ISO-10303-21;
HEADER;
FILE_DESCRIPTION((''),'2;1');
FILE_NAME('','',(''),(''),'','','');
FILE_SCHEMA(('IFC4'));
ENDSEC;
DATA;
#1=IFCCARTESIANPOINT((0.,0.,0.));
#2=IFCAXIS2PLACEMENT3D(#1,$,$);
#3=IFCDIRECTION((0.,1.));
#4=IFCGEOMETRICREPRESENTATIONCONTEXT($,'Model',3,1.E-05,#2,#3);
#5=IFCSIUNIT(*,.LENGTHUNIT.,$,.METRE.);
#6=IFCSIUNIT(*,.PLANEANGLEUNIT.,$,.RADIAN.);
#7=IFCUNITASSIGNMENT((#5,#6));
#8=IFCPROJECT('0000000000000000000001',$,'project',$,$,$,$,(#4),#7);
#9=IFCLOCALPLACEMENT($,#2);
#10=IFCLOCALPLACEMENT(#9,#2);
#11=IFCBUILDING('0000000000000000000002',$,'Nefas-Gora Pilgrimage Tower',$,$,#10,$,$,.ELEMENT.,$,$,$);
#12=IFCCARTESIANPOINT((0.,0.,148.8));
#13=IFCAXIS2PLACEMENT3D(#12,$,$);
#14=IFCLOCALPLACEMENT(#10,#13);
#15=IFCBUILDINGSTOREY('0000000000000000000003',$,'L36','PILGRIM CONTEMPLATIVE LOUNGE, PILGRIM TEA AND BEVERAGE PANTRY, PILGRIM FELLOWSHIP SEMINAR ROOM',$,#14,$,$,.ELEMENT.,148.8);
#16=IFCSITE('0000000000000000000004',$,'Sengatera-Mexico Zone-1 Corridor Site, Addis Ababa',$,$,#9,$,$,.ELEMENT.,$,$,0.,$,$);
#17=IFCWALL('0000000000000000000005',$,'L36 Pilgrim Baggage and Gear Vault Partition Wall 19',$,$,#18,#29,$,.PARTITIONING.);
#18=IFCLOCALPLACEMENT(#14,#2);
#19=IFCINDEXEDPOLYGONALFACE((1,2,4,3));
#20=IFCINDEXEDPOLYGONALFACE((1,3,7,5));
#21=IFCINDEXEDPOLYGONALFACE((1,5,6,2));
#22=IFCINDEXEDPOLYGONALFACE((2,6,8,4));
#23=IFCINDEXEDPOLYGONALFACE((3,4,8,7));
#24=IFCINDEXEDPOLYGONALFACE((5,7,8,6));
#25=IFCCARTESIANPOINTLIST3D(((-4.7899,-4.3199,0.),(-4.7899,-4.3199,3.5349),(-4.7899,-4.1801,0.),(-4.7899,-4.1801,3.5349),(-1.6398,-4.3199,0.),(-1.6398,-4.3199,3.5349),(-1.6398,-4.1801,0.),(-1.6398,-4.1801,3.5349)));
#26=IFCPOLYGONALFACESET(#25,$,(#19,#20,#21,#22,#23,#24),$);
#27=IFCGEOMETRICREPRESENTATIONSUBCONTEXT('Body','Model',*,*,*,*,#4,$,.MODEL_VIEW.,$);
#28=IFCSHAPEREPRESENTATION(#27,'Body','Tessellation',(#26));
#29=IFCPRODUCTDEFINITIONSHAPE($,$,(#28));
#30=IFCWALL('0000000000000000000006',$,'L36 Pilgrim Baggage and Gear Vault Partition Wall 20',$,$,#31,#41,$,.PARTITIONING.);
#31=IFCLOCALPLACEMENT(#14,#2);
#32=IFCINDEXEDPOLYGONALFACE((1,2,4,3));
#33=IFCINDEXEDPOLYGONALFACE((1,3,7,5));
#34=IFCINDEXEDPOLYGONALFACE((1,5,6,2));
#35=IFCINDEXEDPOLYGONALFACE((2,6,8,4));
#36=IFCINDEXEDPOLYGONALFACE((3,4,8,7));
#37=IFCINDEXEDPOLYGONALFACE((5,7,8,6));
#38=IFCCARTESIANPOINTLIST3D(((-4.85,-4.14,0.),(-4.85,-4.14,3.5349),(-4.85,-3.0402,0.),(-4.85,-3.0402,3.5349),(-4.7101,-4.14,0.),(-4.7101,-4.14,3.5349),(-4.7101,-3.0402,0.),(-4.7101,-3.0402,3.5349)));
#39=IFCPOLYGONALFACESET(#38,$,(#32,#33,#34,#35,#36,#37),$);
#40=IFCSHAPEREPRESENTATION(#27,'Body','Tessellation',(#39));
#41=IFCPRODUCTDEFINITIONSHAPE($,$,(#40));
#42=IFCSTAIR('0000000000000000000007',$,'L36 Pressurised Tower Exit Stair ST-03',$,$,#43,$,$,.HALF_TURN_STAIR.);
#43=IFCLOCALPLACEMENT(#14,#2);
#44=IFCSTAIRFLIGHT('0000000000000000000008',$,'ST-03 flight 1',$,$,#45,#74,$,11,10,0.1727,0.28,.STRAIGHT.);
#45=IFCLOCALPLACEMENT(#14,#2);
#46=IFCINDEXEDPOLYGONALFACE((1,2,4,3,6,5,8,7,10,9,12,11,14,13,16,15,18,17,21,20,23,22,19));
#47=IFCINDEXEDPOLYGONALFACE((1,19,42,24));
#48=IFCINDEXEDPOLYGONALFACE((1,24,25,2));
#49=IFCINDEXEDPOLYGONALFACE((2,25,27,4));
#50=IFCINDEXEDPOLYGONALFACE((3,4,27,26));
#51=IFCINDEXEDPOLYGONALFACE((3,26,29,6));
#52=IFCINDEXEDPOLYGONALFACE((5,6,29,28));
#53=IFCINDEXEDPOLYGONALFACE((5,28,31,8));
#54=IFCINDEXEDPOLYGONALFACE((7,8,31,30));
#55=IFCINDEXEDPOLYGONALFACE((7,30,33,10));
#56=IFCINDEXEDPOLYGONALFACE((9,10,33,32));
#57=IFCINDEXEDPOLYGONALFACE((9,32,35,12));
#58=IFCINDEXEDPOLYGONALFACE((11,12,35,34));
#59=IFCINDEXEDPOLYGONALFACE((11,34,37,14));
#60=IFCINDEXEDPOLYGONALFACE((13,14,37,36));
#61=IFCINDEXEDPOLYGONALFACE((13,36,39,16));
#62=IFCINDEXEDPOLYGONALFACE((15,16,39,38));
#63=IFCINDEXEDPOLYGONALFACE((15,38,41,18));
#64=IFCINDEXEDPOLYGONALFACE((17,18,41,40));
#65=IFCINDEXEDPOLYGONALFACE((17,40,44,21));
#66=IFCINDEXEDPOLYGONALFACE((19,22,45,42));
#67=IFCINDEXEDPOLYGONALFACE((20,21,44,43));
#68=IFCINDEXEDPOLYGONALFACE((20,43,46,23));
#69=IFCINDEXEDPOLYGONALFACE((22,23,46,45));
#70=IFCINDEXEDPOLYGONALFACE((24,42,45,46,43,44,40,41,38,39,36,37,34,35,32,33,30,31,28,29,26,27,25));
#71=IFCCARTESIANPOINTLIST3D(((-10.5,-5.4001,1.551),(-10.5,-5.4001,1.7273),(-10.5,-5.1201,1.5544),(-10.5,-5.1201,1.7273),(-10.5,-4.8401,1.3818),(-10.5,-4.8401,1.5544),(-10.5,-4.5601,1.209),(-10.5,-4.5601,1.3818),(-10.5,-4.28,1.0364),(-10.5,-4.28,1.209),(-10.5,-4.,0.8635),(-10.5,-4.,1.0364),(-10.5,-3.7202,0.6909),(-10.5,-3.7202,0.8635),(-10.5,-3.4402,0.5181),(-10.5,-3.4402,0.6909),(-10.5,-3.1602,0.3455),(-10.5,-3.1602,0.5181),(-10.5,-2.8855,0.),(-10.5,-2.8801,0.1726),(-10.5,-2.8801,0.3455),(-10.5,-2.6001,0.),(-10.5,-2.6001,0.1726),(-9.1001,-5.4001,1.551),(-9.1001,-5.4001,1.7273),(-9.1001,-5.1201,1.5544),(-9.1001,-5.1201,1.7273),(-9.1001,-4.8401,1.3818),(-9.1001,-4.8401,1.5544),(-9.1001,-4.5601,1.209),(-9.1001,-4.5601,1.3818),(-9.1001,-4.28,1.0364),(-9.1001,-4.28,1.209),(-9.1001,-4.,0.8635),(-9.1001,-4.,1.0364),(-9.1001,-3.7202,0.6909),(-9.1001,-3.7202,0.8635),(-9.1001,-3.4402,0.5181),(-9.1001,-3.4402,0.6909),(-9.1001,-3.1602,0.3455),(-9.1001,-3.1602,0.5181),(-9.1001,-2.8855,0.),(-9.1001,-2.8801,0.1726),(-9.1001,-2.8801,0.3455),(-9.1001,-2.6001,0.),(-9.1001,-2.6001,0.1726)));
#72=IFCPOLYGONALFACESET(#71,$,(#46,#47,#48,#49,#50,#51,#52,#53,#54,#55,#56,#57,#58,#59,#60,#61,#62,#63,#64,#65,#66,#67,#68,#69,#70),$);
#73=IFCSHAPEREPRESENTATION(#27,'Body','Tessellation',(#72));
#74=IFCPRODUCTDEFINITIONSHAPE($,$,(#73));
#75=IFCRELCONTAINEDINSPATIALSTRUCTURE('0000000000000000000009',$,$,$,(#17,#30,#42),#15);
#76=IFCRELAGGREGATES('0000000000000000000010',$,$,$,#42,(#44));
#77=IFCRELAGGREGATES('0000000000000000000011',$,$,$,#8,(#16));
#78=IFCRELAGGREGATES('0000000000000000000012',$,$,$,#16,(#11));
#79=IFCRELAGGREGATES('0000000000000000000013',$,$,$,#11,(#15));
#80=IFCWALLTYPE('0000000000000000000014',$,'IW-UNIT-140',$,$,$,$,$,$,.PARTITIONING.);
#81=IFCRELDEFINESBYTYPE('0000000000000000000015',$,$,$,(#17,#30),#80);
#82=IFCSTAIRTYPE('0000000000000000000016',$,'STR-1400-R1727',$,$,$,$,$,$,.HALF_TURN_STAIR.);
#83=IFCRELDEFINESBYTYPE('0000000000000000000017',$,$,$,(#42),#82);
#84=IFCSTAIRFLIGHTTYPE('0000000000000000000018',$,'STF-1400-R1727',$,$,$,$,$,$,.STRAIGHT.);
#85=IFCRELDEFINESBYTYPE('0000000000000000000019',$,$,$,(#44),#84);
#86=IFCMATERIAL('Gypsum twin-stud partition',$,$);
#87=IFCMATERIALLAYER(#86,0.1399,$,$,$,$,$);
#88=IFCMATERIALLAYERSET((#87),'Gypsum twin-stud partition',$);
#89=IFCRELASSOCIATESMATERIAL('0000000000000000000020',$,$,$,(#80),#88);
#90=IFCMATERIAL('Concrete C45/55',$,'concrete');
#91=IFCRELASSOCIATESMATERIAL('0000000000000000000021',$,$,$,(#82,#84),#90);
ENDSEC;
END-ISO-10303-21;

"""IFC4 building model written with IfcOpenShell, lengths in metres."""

from ifc_helpers import new_model, si_unit, direction, frame, frame_2d, origin, place, context, subcontext, project, spatial, polyline, rectangle, outline, extrude, source, transform, mapped, material, layer, layer_set, type_object, element, aggregate, save


model = new_model("IFC4")

# Units and contexts
model_context = context("Model", 3, precision=1e-05, world=origin(), true_north=direction((0.0, 1.0)))
body_context = subcontext(model_context, "Body", "Model", "MODEL_VIEW")
ifc_project = project(units=[si_unit("LENGTHUNIT", "METRE"), si_unit("PLANEANGLEUNIT", "RADIAN")], contexts=[model_context])

# Site, building, storey
site_placement = place(None, origin())
site = spatial("IfcSite", under=ifc_project, at=site_placement, Name="Sengatera-Mexico Zone-1 Corridor Site, Addis Ababa", CompositionType="ELEMENT", RefElevation=0.0)
building_placement = place(site_placement, origin())
building = spatial("IfcBuilding", under=site, at=building_placement, Name="Nefas-Gora Pilgrimage Tower", CompositionType="ELEMENT")
storey_placement = place(building_placement, frame((0.0, 0.0, 148.8)))
storey = spatial("IfcBuildingStorey", under=building, at=storey_placement, Name="L36", Description="PILGRIM CONTEMPLATIVE LOUNGE, PILGRIM TEA AND BEVERAGE PANTRY, PILGRIM FELLOWSHIP SEMINAR ROOM", CompositionType="ELEMENT", Elevation=148.8)

# Shared definitions
ifc_material_1 = material(Name="Concrete C45/55", Category="concrete")

# Walls
ifc_material_2 = material(Name="Gypsum twin-stud partition")
ifc_layer_1 = layer(ifc_material_2, 0.1399)
ifc_layer_set_1 = layer_set([ifc_layer_1], Name="Gypsum twin-stud partition")
wall_type_1 = type_object("IfcWallType", Name="IW-UNIT-140", PredefinedType="PARTITIONING", material=ifc_layer_set_1)
shared_shape_1 = source(origin(), body_context, "Body", "SweptSolid", [
    extrude(rectangle(XDim=3.1501, YDim=0.1399, at=frame_2d((1.5752, 0.0))), origin(), (0.0, 0.0, 1.0), 3.5349),
])
wall_1_placement = place(storey_placement, frame((-4.79, -4.25, 0.0), z_axis=(0.0, 0.0, 1.0), x_axis=(1.0, 0.0, 0.0)))
element("IfcWall", 1, at=wall_1_placement, inside=storey, type_object=wall_type_1, Name="L36 Pilgrim Baggage and Gear Vault Partition Wall 19", PredefinedType="PARTITIONING", context=body_context, shape_type="MappedRepresentation", body=[
    mapped(shared_shape_1, transform((0.0, 0.0, 0.0), x_axis=(1.0, 0.0, 0.0), y_axis=(0.0, 1.0, 0.0), z_axis=(0.0, 0.0, 1.0), scale=1.0)),
])
shared_shape_2 = source(origin(), body_context, "Body", "SweptSolid", [
    extrude(rectangle(XDim=1.0999, YDim=0.1399, at=frame_2d((0.5498, 0.0))), origin(), (0.0, 0.0, 1.0), 3.5349),
])
wall_2_placement = place(storey_placement, frame((-4.78, -4.1399, 0.0), z_axis=(0.0, 0.0, 1.0), x_axis=(0.0, 1.0, 0.0)))
element("IfcWall", 2, at=wall_2_placement, inside=storey, type_object=wall_type_1, Name="L36 Pilgrim Baggage and Gear Vault Partition Wall 20", PredefinedType="PARTITIONING", context=body_context, shape_type="MappedRepresentation", body=[
    mapped(shared_shape_2, transform((0.0, 0.0, 0.0), x_axis=(1.0, 0.0, 0.0), y_axis=(0.0, 1.0, 0.0), z_axis=(0.0, 0.0, 1.0), scale=1.0)),
])

# Stair, stair flight
stair_type = type_object("IfcStairType", Name="STR-1400-R1727", PredefinedType="HALF_TURN_STAIR", material=ifc_material_1)
stair_placement = place(storey_placement, origin())
stair = element("IfcStair", 3, at=stair_placement, inside=storey, type_object=stair_type, Name="L36 Pressurised Tower Exit Stair ST-03", PredefinedType="HALF_TURN_STAIR")
stair_flight_type = type_object("IfcStairFlightType", Name="STF-1400-R1727", PredefinedType="STRAIGHT", material=ifc_material_1)
shared_shape_3 = source(origin(), body_context, "Body", "SweptSolid", [
    extrude(outline(polyline([(0.0, 0.0), (0.0, 0.1726), (0.28, 0.1726), (0.28, 0.3455), (0.5601, 0.3455), (0.5601, 0.5181), (0.8401, 0.5181), (0.8401, 0.6909), (1.1201, 0.6909), (1.1201, 0.8635), (1.3999, 0.8635), (1.3999, 1.0364), (1.6799, 1.0364), (1.6799, 1.209), (1.96, 1.209), (1.96, 1.3818), (2.24, 1.3818), (2.24, 1.5544), (2.52, 1.5544), (2.52, 1.7273), (2.8, 1.7273), (2.8, 1.8999), (2.8, 1.551), (0.2854, 0.0), (0.0, 0.0)])), frame((0.0, 0.7, 0.0), z_axis=(0.0, -1.0, 0.0), x_axis=(1.0, 0.0, 0.0)), (0.0, 0.0, 1.0), 1.3999),
])
stair_flight_placement = place(storey_placement, frame((-9.8, -2.6001, 0.0), z_axis=(0.0, 0.0, 1.0), x_axis=(0.0, -1.0, 0.0)))
stair_flight = element("IfcStairFlight", 4, at=stair_flight_placement, type_object=stair_flight_type, Name="ST-03 flight 1", NumberOfRisers=11, NumberOfTreads=10, PredefinedType="STRAIGHT", RiserHeight=0.1727, TreadLength=0.28, context=body_context, shape_type="MappedRepresentation", body=[
    mapped(shared_shape_3, transform((0.0, 0.0, 0.0), x_axis=(1.0, 0.0, 0.0), y_axis=(0.0, 1.0, 0.0), z_axis=(0.0, 0.0, 1.0), scale=1.0)),
])
aggregate(stair, [stair_flight])

save(model, "model.ifc")
